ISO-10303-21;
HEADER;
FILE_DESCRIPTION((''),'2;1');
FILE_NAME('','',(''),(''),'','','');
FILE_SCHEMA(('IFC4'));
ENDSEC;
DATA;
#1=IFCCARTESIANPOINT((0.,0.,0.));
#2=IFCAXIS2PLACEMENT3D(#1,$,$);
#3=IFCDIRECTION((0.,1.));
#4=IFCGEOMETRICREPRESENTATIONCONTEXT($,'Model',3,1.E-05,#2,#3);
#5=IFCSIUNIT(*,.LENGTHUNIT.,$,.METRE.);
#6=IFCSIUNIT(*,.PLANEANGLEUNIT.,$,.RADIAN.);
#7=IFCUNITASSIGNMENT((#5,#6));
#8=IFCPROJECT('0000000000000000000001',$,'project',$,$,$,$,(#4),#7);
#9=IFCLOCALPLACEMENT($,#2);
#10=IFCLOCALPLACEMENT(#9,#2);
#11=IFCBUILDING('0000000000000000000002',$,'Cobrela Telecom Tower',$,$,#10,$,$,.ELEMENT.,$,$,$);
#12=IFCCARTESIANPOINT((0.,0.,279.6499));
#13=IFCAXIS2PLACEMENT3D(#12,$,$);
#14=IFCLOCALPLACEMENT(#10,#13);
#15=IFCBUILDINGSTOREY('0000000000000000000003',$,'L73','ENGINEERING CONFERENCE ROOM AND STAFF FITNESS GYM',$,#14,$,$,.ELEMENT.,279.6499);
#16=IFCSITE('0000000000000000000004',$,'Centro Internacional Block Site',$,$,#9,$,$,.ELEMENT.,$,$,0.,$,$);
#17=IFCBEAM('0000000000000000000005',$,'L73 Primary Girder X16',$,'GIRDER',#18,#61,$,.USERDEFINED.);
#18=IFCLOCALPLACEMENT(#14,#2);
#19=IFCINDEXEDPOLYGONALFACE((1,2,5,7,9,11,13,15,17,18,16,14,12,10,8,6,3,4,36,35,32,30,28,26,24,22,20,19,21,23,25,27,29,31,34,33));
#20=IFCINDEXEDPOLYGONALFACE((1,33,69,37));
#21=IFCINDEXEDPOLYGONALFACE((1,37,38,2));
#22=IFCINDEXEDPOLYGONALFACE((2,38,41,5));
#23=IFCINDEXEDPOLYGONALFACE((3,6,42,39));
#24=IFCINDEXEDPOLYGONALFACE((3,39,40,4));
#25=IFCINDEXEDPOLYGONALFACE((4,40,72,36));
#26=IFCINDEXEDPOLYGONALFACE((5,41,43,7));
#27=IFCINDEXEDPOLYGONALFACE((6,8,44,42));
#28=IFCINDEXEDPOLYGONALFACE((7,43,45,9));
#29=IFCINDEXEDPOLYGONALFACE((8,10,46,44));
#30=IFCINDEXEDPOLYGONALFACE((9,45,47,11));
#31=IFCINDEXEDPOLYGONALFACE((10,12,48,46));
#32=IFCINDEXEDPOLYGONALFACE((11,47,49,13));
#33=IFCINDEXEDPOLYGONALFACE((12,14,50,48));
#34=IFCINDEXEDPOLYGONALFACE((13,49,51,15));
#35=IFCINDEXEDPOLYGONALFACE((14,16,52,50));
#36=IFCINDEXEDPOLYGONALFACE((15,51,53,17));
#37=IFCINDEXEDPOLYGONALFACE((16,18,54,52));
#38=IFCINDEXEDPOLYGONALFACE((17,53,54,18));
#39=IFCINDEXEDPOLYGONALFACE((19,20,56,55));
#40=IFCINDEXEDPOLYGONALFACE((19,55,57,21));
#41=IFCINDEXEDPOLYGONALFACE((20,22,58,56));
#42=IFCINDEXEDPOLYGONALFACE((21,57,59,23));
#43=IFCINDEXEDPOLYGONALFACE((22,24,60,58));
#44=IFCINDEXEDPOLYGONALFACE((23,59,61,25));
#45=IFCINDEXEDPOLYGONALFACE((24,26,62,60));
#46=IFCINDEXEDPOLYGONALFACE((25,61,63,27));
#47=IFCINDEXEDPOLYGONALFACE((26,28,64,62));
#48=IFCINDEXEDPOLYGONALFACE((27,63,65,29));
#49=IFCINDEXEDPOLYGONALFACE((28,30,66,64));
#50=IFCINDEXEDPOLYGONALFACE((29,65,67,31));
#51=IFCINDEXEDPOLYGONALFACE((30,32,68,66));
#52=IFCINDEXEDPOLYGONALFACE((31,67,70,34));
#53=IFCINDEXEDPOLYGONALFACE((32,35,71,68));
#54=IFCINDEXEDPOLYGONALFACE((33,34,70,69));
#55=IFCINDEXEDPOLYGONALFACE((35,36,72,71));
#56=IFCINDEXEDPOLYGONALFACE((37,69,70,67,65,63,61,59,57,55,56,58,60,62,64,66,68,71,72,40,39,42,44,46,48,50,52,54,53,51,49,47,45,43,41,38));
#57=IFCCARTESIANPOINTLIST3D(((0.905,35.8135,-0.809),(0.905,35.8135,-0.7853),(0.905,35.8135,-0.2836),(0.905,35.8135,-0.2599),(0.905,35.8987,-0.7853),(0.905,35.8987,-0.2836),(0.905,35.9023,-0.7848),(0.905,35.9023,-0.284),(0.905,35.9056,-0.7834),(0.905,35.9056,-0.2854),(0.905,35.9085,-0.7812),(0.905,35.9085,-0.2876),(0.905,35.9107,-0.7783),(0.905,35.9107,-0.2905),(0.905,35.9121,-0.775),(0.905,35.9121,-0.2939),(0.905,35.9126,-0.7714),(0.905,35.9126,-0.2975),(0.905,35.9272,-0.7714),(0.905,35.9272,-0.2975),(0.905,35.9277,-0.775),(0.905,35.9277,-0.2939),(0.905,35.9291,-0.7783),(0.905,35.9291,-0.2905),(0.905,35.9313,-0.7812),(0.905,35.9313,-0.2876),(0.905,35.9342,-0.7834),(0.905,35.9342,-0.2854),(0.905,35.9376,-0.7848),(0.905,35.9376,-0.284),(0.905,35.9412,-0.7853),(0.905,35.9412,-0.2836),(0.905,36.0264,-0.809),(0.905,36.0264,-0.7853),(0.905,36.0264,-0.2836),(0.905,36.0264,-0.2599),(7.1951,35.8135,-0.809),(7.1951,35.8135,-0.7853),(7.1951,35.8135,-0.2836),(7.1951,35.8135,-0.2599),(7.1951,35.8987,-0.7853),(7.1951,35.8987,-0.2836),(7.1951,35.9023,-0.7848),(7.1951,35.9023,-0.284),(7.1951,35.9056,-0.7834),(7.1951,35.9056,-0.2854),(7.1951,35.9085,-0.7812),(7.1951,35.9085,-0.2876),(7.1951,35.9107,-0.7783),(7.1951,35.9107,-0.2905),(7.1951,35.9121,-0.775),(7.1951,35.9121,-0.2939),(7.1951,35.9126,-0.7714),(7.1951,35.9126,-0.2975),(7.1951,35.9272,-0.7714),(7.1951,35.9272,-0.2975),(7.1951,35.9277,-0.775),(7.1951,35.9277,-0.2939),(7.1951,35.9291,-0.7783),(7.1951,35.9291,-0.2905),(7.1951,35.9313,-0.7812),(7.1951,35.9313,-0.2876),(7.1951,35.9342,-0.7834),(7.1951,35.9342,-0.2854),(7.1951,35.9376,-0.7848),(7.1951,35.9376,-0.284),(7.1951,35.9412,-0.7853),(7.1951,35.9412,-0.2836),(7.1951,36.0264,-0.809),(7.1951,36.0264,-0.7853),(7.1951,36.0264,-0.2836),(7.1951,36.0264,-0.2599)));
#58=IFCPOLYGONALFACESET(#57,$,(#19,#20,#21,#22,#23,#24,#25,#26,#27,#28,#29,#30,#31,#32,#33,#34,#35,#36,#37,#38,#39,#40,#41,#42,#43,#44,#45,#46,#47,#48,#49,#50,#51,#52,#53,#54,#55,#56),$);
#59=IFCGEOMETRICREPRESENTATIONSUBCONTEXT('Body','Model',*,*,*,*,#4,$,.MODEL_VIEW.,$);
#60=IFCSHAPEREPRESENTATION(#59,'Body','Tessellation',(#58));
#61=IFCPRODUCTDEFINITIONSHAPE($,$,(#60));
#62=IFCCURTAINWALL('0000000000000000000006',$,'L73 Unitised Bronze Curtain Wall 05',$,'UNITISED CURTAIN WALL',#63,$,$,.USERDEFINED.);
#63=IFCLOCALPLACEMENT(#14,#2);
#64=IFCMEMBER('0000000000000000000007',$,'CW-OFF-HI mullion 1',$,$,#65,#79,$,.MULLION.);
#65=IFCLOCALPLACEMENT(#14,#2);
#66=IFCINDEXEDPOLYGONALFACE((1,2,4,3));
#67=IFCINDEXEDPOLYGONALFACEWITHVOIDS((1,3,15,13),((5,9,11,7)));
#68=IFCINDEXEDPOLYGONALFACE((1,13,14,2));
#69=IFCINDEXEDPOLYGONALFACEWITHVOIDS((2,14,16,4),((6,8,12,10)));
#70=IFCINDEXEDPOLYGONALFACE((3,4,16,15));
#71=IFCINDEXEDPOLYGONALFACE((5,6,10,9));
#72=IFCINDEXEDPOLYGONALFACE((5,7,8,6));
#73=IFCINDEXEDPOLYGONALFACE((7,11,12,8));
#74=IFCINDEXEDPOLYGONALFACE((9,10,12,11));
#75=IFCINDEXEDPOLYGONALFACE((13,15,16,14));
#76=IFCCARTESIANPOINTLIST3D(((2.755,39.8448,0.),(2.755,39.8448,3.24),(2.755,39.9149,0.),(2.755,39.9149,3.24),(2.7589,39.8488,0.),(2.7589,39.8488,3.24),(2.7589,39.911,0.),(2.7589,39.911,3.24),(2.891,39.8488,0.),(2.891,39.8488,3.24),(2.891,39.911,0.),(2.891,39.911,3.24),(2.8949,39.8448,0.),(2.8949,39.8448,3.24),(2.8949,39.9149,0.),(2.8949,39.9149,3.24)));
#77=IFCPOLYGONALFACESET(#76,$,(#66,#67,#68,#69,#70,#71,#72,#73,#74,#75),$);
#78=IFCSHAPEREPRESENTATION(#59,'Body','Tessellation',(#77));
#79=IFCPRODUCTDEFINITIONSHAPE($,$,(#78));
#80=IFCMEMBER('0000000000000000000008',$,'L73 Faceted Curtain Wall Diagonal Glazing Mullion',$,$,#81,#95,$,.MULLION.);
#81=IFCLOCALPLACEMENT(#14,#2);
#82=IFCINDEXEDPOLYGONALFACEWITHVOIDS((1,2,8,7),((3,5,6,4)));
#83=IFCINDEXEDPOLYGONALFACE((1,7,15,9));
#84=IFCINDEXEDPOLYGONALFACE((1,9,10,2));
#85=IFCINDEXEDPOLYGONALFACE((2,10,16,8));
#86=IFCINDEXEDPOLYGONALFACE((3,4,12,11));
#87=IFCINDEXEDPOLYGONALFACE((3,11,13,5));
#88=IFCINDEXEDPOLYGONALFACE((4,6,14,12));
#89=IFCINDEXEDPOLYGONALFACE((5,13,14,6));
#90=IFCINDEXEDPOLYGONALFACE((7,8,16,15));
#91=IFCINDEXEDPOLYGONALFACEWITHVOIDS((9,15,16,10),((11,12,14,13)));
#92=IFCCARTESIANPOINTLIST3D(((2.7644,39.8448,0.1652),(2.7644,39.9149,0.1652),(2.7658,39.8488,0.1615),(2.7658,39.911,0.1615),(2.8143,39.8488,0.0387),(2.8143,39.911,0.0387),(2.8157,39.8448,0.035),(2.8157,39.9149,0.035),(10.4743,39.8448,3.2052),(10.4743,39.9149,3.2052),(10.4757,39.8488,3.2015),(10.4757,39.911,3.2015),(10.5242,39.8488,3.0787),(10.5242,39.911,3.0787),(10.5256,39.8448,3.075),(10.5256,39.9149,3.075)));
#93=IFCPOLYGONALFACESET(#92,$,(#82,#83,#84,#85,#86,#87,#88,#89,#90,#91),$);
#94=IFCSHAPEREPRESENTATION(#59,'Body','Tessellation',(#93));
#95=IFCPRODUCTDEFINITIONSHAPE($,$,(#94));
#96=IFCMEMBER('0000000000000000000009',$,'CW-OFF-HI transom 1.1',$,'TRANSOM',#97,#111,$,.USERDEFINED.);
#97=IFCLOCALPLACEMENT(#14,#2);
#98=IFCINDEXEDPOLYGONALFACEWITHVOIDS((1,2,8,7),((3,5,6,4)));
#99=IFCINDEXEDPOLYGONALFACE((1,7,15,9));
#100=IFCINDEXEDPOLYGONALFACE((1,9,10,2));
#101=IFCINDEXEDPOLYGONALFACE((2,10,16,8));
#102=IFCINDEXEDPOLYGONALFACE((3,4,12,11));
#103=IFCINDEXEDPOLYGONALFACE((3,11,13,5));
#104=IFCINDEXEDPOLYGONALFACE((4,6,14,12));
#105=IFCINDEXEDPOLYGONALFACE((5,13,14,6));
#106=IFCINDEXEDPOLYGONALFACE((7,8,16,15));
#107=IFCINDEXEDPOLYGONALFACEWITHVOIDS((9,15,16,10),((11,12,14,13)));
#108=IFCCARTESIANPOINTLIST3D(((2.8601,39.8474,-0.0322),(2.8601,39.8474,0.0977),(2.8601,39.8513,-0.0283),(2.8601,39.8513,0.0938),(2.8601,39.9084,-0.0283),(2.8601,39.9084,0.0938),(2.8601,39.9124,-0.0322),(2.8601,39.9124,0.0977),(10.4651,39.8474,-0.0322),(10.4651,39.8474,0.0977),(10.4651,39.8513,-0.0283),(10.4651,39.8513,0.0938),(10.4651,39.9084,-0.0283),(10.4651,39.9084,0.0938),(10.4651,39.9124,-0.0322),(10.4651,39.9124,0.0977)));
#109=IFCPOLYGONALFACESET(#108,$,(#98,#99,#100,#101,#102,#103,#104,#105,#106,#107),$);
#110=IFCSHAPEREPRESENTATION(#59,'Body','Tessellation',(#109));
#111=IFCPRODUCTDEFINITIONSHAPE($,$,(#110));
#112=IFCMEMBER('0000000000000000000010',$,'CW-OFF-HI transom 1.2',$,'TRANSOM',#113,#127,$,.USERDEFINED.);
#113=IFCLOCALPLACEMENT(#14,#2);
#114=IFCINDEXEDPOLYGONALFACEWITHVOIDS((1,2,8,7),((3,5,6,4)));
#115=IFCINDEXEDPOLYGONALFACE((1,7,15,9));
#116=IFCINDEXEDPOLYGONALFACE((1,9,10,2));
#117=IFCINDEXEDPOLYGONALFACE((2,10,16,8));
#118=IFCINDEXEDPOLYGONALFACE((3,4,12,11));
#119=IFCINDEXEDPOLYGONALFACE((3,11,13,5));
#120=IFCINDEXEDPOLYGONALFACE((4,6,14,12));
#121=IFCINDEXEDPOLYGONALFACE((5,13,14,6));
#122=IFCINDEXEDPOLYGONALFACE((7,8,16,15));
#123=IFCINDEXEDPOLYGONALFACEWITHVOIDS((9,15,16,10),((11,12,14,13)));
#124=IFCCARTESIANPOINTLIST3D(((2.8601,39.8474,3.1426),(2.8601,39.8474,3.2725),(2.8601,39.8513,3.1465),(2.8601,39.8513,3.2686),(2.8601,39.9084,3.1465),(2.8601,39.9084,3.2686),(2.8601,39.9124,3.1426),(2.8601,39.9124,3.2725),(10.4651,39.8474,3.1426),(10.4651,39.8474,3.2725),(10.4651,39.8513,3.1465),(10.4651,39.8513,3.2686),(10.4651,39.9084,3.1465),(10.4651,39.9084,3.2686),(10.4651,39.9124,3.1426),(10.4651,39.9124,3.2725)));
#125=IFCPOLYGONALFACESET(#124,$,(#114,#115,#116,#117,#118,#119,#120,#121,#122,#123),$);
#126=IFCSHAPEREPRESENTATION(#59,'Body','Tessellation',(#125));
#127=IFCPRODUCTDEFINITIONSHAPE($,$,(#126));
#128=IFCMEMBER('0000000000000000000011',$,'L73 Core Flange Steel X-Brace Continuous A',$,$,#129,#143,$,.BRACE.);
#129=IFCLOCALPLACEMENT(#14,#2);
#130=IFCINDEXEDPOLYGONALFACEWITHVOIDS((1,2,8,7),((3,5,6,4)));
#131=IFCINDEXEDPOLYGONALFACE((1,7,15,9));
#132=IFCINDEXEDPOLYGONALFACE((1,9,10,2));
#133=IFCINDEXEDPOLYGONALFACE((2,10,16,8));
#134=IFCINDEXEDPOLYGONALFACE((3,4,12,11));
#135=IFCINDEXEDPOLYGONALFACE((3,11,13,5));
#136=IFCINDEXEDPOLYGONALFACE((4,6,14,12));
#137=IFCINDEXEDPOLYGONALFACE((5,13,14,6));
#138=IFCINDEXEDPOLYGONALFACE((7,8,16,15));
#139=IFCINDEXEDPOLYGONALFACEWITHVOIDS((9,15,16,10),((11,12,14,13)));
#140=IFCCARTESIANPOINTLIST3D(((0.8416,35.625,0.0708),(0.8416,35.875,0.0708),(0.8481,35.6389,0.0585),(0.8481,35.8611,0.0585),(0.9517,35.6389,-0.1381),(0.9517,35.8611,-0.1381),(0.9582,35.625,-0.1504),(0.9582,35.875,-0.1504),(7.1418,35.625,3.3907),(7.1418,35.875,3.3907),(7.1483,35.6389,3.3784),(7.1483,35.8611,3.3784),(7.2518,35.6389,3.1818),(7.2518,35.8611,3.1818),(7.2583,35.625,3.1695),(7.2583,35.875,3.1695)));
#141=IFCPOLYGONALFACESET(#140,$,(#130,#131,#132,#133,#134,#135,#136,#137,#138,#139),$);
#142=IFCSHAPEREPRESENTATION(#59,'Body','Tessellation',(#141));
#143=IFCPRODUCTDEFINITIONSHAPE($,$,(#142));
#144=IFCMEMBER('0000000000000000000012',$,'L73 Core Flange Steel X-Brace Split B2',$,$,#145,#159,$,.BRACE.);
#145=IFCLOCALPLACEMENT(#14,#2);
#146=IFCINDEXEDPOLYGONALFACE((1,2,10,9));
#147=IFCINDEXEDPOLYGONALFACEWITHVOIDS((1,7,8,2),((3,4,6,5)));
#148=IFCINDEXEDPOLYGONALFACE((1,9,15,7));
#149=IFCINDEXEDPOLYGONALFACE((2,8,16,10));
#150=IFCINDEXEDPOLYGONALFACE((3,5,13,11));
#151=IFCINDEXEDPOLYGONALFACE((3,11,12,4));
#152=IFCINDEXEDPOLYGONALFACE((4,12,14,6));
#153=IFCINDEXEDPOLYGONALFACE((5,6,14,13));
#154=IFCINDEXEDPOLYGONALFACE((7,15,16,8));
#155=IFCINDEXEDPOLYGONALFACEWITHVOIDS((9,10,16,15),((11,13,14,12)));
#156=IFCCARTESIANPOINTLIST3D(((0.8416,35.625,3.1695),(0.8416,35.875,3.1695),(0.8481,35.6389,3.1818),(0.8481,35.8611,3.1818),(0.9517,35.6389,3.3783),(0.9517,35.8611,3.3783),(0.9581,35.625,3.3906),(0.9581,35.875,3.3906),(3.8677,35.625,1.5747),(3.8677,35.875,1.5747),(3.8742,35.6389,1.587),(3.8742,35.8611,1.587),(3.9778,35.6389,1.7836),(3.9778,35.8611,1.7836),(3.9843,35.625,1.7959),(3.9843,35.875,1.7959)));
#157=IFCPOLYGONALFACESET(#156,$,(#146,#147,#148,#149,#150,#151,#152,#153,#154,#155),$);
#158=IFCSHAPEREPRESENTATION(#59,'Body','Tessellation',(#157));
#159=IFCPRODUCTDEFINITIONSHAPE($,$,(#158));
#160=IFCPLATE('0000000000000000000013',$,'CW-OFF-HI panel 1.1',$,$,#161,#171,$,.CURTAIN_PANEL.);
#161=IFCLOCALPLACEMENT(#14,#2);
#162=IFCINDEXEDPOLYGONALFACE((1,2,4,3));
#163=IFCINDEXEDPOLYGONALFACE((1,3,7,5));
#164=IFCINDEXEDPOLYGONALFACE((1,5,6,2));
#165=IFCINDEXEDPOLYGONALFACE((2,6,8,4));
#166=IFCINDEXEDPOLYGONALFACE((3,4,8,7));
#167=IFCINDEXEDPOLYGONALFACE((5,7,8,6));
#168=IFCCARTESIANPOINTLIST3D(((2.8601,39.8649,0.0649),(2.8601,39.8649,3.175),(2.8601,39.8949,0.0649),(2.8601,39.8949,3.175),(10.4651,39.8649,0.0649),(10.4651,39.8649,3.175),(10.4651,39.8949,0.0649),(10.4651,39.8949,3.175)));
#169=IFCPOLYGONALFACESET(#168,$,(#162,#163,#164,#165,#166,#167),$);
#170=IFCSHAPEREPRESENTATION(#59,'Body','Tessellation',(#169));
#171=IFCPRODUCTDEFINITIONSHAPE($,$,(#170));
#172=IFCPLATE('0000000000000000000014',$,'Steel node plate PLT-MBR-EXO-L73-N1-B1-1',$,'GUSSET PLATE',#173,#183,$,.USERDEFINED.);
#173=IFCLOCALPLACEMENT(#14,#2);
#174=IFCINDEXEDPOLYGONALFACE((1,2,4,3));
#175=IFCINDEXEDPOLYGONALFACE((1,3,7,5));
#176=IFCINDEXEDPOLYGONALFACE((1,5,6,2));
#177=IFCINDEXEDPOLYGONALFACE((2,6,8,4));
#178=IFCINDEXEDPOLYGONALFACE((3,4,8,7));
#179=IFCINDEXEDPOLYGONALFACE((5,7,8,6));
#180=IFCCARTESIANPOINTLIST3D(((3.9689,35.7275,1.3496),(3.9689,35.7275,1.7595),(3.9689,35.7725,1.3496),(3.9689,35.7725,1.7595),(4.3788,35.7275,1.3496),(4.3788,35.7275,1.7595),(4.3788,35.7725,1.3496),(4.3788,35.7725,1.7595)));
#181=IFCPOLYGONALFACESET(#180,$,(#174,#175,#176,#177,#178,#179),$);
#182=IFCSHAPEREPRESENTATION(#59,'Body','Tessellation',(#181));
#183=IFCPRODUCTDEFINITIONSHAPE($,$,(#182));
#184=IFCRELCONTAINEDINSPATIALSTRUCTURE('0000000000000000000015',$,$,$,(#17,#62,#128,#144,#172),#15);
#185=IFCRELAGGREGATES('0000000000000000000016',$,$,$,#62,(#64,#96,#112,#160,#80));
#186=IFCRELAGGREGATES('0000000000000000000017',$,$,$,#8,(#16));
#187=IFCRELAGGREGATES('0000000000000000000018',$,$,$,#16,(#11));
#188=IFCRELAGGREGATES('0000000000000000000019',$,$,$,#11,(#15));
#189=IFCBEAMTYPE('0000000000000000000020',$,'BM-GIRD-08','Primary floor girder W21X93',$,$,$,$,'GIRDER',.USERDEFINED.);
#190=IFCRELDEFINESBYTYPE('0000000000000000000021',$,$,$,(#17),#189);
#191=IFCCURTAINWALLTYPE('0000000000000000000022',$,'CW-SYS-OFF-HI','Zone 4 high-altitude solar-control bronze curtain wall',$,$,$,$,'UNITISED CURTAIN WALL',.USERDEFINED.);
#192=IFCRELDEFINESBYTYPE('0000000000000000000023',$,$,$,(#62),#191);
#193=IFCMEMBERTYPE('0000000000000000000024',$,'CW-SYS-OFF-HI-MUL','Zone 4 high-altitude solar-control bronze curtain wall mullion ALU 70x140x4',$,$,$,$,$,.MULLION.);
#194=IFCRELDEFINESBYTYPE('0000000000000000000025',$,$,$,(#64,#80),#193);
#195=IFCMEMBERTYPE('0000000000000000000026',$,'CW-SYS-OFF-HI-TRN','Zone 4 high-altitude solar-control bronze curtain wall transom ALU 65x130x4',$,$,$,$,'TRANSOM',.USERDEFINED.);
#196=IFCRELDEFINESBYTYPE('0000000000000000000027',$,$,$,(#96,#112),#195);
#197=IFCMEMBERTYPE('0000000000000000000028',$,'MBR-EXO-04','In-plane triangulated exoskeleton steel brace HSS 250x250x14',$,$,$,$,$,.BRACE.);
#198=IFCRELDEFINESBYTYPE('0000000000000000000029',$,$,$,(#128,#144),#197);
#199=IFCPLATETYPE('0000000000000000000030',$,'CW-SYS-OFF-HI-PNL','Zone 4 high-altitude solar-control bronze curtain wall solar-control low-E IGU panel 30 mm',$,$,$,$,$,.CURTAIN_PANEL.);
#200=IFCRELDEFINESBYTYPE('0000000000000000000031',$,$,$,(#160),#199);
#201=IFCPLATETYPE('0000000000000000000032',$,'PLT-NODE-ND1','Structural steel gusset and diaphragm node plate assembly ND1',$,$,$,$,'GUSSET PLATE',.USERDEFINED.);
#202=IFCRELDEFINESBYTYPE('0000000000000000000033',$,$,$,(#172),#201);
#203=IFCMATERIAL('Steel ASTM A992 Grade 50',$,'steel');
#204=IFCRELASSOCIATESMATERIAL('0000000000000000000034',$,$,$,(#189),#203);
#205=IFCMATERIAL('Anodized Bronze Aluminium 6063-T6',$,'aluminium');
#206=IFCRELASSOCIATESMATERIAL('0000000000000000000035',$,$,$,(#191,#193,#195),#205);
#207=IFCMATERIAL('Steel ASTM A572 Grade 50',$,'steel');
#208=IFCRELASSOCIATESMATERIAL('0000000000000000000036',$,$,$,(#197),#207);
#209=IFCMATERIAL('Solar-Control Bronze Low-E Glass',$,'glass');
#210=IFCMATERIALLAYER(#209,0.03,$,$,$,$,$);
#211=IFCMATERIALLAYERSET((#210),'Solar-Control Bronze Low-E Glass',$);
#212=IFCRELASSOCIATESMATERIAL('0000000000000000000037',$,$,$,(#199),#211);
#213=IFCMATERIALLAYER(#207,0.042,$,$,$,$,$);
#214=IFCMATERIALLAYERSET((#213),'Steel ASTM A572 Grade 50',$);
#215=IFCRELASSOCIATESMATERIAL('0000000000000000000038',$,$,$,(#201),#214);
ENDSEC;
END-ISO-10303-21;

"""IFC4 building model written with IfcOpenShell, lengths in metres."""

from ifc_helpers import new_model, si_unit, direction, frame, origin, origin_2d, place, context, subcontext, project, spatial, rectangle, hollow_rectangle, i_section, extrude, material, layer, layer_set, material_profile, profile_set, type_object, element, aggregate, save


model = new_model("IFC4")

# Units and contexts
model_context = context("Model", 3, precision=1e-05, world=origin(), true_north=direction((0.0, 1.0)))
body_context = subcontext(model_context, "Body", "Model", "MODEL_VIEW")
ifc_project = project(units=[si_unit("LENGTHUNIT", "METRE"), si_unit("PLANEANGLEUNIT", "RADIAN")], contexts=[model_context])

# Site, building, storey
site_placement = place(None, origin())
site = spatial("IfcSite", under=ifc_project, at=site_placement, Name="Centro Internacional Block Site", CompositionType="ELEMENT", RefElevation=0.0)
building_placement = place(site_placement, origin())
building = spatial("IfcBuilding", under=site, at=building_placement, Name="Cobrela Telecom Tower", CompositionType="ELEMENT")
storey_placement = place(building_placement, frame((0.0, 0.0, 279.6499)))
storey = spatial("IfcBuildingStorey", under=building, at=storey_placement, Name="L73", Description="ENGINEERING CONFERENCE ROOM AND STAFF FITNESS GYM", CompositionType="ELEMENT", Elevation=279.6499)

# Beam
ifc_material_1 = material(Name="Steel ASTM A992 Grade 50", Category="steel")
ifc_material_profile_1 = material_profile(ifc_material_1, i_section(OverallWidth=0.2129, OverallDepth=0.5491, WebThickness=0.0146, FlangeThickness=0.0237, FilletRadius=0.0139, at=origin_2d()), Name="W21X93")
ifc_profile_set_1 = profile_set([ifc_material_profile_1], Name="Steel ASTM A992 Grade 50")
beam_type = type_object("IfcBeamType", Name="BM-GIRD-08", Description="Primary floor girder W21X93", ElementType="GIRDER", PredefinedType="USERDEFINED", material=ifc_profile_set_1)
beam_placement = place(storey_placement, frame((0.905, 35.9199, -0.5344), z_axis=(1.0, 0.0, 0.0), x_axis=(0.0, 1.0, 0.0)))
element("IfcBeam", 1, at=beam_placement, inside=storey, type_object=beam_type, Name="L73 Primary Girder X16", ObjectType="GIRDER", PredefinedType="USERDEFINED", context=body_context, shape_type="SweptSolid", body=[
    extrude(i_section(OverallWidth=0.2129, OverallDepth=0.5491, WebThickness=0.0146, FlangeThickness=0.0237, FilletRadius=0.0139, at=origin_2d()), origin(), (0.0, 0.0, 1.0), 6.29),
])

# Curtain wall, members
ifc_material_2 = material(Name="Anodized Bronze Aluminium 6063-T6", Category="aluminium")
curtain_wall_type = type_object("IfcCurtainWallType", Name="CW-SYS-OFF-HI", Description="Zone 4 high-altitude solar-control bronze curtain wall", ElementType="UNITISED CURTAIN WALL", PredefinedType="USERDEFINED", material=ifc_material_2)
curtain_wall_placement = place(storey_placement, origin())
curtain_wall = element("IfcCurtainWall", 2, at=curtain_wall_placement, inside=storey, type_object=curtain_wall_type, Name="L73 Unitised Bronze Curtain Wall 05", ObjectType="UNITISED CURTAIN WALL", PredefinedType="USERDEFINED")
ifc_material_profile_2 = material_profile(ifc_material_2, hollow_rectangle(XDim=0.0701, YDim=0.1399, WallThickness=0.0039, at=origin_2d()), Name="ALU 70x140x4")
ifc_profile_set_2 = profile_set([ifc_material_profile_2], Name="Anodized Bronze Aluminium 6063-T6")
member_type_1 = type_object("IfcMemberType", Name="CW-SYS-OFF-HI-MUL", Description="Zone 4 high-altitude solar-control bronze curtain wall mullion ALU 70x140x4", PredefinedType="MULLION", material=ifc_profile_set_2)
member_1_placement = place(storey_placement, frame((2.825, 39.8799, 0.0), z_axis=(0.0, 0.0, 1.0), x_axis=(0.0, 1.0, 0.0)))
member_1 = element("IfcMember", 3, at=member_1_placement, type_object=member_type_1, Name="CW-OFF-HI mullion 1", PredefinedType="MULLION", context=body_context, shape_type="SweptSolid", body=[
    extrude(hollow_rectangle(XDim=0.0701, YDim=0.1399, WallThickness=0.0039, at=origin_2d()), origin(), (0.0, 0.0, 1.0), 3.24),
])
member_2_placement = place(storey_placement, frame((2.79, 39.8799, 0.1001), z_axis=(0.930294, 0.0, 0.366815), x_axis=(0.0, 1.0, 0.0)))
member_2 = element("IfcMember", 4, at=member_2_placement, type_object=member_type_1, Name="L73 Faceted Curtain Wall Diagonal Glazing Mullion", PredefinedType="MULLION", context=body_context, shape_type="SweptSolid", body=[
    extrude(hollow_rectangle(XDim=0.0701, YDim=0.1399, WallThickness=0.0039, at=origin_2d()), origin(), (0.0, 0.0, 1.0), 8.2876),
])
ifc_material_profile_3 = material_profile(ifc_material_2, hollow_rectangle(XDim=0.0649, YDim=0.1299, WallThickness=0.0039, at=origin_2d()), Name="ALU 65x130x4")
ifc_profile_set_3 = profile_set([ifc_material_profile_3], Name="Anodized Bronze Aluminium 6063-T6")
member_type_2 = type_object("IfcMemberType", Name="CW-SYS-OFF-HI-TRN", Description="Zone 4 high-altitude solar-control bronze curtain wall transom ALU 65x130x4", ElementType="TRANSOM", PredefinedType="USERDEFINED", material=ifc_profile_set_3)
member_3_placement = place(storey_placement, frame((2.8601, 39.8799, 0.0327), z_axis=(1.0, 0.0, 0.0), x_axis=(0.0, 1.0, 0.0)))
member_3 = element("IfcMember", 5, at=member_3_placement, type_object=member_type_2, Name="CW-OFF-HI transom 1.1", ObjectType="TRANSOM", PredefinedType="USERDEFINED", context=body_context, shape_type="SweptSolid", body=[
    extrude(hollow_rectangle(XDim=0.0649, YDim=0.1299, WallThickness=0.0039, at=origin_2d()), origin(), (0.0, 0.0, 1.0), 7.605),
])
member_4_placement = place(storey_placement, frame((2.8601, 39.8799, 3.2075), z_axis=(1.0, 0.0, 0.0), x_axis=(0.0, 1.0, 0.0)))
member_4 = element("IfcMember", 6, at=member_4_placement, type_object=member_type_2, Name="CW-OFF-HI transom 1.2", ObjectType="TRANSOM", PredefinedType="USERDEFINED", context=body_context, shape_type="SweptSolid", body=[
    extrude(hollow_rectangle(XDim=0.0649, YDim=0.1299, WallThickness=0.0039, at=origin_2d()), origin(), (0.0, 0.0, 1.0), 7.605),
])

# Members
ifc_material_3 = material(Name="Steel ASTM A572 Grade 50", Category="steel")
ifc_material_profile_4 = material_profile(ifc_material_3, hollow_rectangle(XDim=0.25, YDim=0.25, WallThickness=0.0139, at=origin_2d()), Name="HSS 250x250x14")
ifc_profile_set_4 = profile_set([ifc_material_profile_4], Name="Steel ASTM A572 Grade 50")
member_type_3 = type_object("IfcMemberType", Name="MBR-EXO-04", Description="In-plane triangulated exoskeleton steel brace HSS 250x250x14", PredefinedType="BRACE", material=ifc_profile_set_4)
member_5_placement = place(storey_placement, frame((0.8999, 35.75, -0.0398), z_axis=(0.884686, 0.0, 0.466187), x_axis=(0.0, 1.0, 0.0)))
element("IfcMember", 7, at=member_5_placement, inside=storey, type_object=member_type_3, Name="L73 Core Flange Steel X-Brace Continuous A", PredefinedType="BRACE", context=body_context, shape_type="SweptSolid", body=[
    extrude(hollow_rectangle(XDim=0.25, YDim=0.25, WallThickness=0.0139, at=origin_2d()), origin(), (0.0, 0.0, 1.0), 7.1213),
])
member_6_placement = place(storey_placement, frame((3.926, 35.75, 1.6853), z_axis=(-0.884673, 0.0, 0.466211), x_axis=(0.0, -1.0, 0.0)))
element("IfcMember", 8, at=member_6_placement, inside=storey, type_object=member_type_3, Name="L73 Core Flange Steel X-Brace Split B2", PredefinedType="BRACE", context=body_context, shape_type="SweptSolid", body=[
    extrude(hollow_rectangle(XDim=0.25, YDim=0.25, WallThickness=0.0139, at=origin_2d()), origin(), (0.0, 0.0, 1.0), 3.4207),
])

# Plate
ifc_material_4 = material(Name="Solar-Control Bronze Low-E Glass", Category="glass")
ifc_layer_1 = layer(ifc_material_4, 0.03)
ifc_layer_set_1 = layer_set([ifc_layer_1], Name="Solar-Control Bronze Low-E Glass")
plate_type_1 = type_object("IfcPlateType", Name="CW-SYS-OFF-HI-PNL", Description="Zone 4 high-altitude solar-control bronze curtain wall solar-control low-E IGU panel 30 mm", PredefinedType="CURTAIN_PANEL", material=ifc_layer_set_1)
plate_1_placement = place(storey_placement, frame((6.6626, 39.8799, 0.0649), z_axis=(0.0, 0.0, 1.0), x_axis=(1.0, 0.0, 0.0)))
plate_1 = element("IfcPlate", 9, at=plate_1_placement, type_object=plate_type_1, Name="CW-OFF-HI panel 1.1", PredefinedType="CURTAIN_PANEL", context=body_context, shape_type="SweptSolid", body=[
    extrude(rectangle(XDim=7.605, YDim=0.03, at=origin_2d()), origin(), (0.0, 0.0, 1.0), 3.1101),
])
aggregate(curtain_wall, [member_1, member_3, member_4, plate_1, member_2])

# Plate
ifc_layer_2 = layer(ifc_material_3, 0.042)
ifc_layer_set_2 = layer_set([ifc_layer_2], Name="Steel ASTM A572 Grade 50")
plate_type_2 = type_object("IfcPlateType", Name="PLT-NODE-ND1", Description="Structural steel gusset and diaphragm node plate assembly ND1", ElementType="GUSSET PLATE", PredefinedType="USERDEFINED", material=ifc_layer_set_2)
for number, where, z_axis, x_axis, name in (
    (10, (4.1738, 35.75, 1.3496), (0.0, 0.0, 1.0), (-1.0, 0.0, 0.0), "Steel node plate PLT-MBR-EXO-L73-N1-B1-1"),
):
    element("IfcPlate", number, at=place(storey_placement, frame(where, z_axis=z_axis, x_axis=x_axis)), inside=storey, type_object=plate_type_2, Name=name, ObjectType="GUSSET PLATE", PredefinedType="USERDEFINED", context=body_context, shape_type="SweptSolid", body=[
        extrude(rectangle(XDim=0.4099, YDim=0.0449, at=origin_2d()), origin(), (0.0, 0.0, 1.0), 0.4099),
    ])

save(model, "model.ifc")
